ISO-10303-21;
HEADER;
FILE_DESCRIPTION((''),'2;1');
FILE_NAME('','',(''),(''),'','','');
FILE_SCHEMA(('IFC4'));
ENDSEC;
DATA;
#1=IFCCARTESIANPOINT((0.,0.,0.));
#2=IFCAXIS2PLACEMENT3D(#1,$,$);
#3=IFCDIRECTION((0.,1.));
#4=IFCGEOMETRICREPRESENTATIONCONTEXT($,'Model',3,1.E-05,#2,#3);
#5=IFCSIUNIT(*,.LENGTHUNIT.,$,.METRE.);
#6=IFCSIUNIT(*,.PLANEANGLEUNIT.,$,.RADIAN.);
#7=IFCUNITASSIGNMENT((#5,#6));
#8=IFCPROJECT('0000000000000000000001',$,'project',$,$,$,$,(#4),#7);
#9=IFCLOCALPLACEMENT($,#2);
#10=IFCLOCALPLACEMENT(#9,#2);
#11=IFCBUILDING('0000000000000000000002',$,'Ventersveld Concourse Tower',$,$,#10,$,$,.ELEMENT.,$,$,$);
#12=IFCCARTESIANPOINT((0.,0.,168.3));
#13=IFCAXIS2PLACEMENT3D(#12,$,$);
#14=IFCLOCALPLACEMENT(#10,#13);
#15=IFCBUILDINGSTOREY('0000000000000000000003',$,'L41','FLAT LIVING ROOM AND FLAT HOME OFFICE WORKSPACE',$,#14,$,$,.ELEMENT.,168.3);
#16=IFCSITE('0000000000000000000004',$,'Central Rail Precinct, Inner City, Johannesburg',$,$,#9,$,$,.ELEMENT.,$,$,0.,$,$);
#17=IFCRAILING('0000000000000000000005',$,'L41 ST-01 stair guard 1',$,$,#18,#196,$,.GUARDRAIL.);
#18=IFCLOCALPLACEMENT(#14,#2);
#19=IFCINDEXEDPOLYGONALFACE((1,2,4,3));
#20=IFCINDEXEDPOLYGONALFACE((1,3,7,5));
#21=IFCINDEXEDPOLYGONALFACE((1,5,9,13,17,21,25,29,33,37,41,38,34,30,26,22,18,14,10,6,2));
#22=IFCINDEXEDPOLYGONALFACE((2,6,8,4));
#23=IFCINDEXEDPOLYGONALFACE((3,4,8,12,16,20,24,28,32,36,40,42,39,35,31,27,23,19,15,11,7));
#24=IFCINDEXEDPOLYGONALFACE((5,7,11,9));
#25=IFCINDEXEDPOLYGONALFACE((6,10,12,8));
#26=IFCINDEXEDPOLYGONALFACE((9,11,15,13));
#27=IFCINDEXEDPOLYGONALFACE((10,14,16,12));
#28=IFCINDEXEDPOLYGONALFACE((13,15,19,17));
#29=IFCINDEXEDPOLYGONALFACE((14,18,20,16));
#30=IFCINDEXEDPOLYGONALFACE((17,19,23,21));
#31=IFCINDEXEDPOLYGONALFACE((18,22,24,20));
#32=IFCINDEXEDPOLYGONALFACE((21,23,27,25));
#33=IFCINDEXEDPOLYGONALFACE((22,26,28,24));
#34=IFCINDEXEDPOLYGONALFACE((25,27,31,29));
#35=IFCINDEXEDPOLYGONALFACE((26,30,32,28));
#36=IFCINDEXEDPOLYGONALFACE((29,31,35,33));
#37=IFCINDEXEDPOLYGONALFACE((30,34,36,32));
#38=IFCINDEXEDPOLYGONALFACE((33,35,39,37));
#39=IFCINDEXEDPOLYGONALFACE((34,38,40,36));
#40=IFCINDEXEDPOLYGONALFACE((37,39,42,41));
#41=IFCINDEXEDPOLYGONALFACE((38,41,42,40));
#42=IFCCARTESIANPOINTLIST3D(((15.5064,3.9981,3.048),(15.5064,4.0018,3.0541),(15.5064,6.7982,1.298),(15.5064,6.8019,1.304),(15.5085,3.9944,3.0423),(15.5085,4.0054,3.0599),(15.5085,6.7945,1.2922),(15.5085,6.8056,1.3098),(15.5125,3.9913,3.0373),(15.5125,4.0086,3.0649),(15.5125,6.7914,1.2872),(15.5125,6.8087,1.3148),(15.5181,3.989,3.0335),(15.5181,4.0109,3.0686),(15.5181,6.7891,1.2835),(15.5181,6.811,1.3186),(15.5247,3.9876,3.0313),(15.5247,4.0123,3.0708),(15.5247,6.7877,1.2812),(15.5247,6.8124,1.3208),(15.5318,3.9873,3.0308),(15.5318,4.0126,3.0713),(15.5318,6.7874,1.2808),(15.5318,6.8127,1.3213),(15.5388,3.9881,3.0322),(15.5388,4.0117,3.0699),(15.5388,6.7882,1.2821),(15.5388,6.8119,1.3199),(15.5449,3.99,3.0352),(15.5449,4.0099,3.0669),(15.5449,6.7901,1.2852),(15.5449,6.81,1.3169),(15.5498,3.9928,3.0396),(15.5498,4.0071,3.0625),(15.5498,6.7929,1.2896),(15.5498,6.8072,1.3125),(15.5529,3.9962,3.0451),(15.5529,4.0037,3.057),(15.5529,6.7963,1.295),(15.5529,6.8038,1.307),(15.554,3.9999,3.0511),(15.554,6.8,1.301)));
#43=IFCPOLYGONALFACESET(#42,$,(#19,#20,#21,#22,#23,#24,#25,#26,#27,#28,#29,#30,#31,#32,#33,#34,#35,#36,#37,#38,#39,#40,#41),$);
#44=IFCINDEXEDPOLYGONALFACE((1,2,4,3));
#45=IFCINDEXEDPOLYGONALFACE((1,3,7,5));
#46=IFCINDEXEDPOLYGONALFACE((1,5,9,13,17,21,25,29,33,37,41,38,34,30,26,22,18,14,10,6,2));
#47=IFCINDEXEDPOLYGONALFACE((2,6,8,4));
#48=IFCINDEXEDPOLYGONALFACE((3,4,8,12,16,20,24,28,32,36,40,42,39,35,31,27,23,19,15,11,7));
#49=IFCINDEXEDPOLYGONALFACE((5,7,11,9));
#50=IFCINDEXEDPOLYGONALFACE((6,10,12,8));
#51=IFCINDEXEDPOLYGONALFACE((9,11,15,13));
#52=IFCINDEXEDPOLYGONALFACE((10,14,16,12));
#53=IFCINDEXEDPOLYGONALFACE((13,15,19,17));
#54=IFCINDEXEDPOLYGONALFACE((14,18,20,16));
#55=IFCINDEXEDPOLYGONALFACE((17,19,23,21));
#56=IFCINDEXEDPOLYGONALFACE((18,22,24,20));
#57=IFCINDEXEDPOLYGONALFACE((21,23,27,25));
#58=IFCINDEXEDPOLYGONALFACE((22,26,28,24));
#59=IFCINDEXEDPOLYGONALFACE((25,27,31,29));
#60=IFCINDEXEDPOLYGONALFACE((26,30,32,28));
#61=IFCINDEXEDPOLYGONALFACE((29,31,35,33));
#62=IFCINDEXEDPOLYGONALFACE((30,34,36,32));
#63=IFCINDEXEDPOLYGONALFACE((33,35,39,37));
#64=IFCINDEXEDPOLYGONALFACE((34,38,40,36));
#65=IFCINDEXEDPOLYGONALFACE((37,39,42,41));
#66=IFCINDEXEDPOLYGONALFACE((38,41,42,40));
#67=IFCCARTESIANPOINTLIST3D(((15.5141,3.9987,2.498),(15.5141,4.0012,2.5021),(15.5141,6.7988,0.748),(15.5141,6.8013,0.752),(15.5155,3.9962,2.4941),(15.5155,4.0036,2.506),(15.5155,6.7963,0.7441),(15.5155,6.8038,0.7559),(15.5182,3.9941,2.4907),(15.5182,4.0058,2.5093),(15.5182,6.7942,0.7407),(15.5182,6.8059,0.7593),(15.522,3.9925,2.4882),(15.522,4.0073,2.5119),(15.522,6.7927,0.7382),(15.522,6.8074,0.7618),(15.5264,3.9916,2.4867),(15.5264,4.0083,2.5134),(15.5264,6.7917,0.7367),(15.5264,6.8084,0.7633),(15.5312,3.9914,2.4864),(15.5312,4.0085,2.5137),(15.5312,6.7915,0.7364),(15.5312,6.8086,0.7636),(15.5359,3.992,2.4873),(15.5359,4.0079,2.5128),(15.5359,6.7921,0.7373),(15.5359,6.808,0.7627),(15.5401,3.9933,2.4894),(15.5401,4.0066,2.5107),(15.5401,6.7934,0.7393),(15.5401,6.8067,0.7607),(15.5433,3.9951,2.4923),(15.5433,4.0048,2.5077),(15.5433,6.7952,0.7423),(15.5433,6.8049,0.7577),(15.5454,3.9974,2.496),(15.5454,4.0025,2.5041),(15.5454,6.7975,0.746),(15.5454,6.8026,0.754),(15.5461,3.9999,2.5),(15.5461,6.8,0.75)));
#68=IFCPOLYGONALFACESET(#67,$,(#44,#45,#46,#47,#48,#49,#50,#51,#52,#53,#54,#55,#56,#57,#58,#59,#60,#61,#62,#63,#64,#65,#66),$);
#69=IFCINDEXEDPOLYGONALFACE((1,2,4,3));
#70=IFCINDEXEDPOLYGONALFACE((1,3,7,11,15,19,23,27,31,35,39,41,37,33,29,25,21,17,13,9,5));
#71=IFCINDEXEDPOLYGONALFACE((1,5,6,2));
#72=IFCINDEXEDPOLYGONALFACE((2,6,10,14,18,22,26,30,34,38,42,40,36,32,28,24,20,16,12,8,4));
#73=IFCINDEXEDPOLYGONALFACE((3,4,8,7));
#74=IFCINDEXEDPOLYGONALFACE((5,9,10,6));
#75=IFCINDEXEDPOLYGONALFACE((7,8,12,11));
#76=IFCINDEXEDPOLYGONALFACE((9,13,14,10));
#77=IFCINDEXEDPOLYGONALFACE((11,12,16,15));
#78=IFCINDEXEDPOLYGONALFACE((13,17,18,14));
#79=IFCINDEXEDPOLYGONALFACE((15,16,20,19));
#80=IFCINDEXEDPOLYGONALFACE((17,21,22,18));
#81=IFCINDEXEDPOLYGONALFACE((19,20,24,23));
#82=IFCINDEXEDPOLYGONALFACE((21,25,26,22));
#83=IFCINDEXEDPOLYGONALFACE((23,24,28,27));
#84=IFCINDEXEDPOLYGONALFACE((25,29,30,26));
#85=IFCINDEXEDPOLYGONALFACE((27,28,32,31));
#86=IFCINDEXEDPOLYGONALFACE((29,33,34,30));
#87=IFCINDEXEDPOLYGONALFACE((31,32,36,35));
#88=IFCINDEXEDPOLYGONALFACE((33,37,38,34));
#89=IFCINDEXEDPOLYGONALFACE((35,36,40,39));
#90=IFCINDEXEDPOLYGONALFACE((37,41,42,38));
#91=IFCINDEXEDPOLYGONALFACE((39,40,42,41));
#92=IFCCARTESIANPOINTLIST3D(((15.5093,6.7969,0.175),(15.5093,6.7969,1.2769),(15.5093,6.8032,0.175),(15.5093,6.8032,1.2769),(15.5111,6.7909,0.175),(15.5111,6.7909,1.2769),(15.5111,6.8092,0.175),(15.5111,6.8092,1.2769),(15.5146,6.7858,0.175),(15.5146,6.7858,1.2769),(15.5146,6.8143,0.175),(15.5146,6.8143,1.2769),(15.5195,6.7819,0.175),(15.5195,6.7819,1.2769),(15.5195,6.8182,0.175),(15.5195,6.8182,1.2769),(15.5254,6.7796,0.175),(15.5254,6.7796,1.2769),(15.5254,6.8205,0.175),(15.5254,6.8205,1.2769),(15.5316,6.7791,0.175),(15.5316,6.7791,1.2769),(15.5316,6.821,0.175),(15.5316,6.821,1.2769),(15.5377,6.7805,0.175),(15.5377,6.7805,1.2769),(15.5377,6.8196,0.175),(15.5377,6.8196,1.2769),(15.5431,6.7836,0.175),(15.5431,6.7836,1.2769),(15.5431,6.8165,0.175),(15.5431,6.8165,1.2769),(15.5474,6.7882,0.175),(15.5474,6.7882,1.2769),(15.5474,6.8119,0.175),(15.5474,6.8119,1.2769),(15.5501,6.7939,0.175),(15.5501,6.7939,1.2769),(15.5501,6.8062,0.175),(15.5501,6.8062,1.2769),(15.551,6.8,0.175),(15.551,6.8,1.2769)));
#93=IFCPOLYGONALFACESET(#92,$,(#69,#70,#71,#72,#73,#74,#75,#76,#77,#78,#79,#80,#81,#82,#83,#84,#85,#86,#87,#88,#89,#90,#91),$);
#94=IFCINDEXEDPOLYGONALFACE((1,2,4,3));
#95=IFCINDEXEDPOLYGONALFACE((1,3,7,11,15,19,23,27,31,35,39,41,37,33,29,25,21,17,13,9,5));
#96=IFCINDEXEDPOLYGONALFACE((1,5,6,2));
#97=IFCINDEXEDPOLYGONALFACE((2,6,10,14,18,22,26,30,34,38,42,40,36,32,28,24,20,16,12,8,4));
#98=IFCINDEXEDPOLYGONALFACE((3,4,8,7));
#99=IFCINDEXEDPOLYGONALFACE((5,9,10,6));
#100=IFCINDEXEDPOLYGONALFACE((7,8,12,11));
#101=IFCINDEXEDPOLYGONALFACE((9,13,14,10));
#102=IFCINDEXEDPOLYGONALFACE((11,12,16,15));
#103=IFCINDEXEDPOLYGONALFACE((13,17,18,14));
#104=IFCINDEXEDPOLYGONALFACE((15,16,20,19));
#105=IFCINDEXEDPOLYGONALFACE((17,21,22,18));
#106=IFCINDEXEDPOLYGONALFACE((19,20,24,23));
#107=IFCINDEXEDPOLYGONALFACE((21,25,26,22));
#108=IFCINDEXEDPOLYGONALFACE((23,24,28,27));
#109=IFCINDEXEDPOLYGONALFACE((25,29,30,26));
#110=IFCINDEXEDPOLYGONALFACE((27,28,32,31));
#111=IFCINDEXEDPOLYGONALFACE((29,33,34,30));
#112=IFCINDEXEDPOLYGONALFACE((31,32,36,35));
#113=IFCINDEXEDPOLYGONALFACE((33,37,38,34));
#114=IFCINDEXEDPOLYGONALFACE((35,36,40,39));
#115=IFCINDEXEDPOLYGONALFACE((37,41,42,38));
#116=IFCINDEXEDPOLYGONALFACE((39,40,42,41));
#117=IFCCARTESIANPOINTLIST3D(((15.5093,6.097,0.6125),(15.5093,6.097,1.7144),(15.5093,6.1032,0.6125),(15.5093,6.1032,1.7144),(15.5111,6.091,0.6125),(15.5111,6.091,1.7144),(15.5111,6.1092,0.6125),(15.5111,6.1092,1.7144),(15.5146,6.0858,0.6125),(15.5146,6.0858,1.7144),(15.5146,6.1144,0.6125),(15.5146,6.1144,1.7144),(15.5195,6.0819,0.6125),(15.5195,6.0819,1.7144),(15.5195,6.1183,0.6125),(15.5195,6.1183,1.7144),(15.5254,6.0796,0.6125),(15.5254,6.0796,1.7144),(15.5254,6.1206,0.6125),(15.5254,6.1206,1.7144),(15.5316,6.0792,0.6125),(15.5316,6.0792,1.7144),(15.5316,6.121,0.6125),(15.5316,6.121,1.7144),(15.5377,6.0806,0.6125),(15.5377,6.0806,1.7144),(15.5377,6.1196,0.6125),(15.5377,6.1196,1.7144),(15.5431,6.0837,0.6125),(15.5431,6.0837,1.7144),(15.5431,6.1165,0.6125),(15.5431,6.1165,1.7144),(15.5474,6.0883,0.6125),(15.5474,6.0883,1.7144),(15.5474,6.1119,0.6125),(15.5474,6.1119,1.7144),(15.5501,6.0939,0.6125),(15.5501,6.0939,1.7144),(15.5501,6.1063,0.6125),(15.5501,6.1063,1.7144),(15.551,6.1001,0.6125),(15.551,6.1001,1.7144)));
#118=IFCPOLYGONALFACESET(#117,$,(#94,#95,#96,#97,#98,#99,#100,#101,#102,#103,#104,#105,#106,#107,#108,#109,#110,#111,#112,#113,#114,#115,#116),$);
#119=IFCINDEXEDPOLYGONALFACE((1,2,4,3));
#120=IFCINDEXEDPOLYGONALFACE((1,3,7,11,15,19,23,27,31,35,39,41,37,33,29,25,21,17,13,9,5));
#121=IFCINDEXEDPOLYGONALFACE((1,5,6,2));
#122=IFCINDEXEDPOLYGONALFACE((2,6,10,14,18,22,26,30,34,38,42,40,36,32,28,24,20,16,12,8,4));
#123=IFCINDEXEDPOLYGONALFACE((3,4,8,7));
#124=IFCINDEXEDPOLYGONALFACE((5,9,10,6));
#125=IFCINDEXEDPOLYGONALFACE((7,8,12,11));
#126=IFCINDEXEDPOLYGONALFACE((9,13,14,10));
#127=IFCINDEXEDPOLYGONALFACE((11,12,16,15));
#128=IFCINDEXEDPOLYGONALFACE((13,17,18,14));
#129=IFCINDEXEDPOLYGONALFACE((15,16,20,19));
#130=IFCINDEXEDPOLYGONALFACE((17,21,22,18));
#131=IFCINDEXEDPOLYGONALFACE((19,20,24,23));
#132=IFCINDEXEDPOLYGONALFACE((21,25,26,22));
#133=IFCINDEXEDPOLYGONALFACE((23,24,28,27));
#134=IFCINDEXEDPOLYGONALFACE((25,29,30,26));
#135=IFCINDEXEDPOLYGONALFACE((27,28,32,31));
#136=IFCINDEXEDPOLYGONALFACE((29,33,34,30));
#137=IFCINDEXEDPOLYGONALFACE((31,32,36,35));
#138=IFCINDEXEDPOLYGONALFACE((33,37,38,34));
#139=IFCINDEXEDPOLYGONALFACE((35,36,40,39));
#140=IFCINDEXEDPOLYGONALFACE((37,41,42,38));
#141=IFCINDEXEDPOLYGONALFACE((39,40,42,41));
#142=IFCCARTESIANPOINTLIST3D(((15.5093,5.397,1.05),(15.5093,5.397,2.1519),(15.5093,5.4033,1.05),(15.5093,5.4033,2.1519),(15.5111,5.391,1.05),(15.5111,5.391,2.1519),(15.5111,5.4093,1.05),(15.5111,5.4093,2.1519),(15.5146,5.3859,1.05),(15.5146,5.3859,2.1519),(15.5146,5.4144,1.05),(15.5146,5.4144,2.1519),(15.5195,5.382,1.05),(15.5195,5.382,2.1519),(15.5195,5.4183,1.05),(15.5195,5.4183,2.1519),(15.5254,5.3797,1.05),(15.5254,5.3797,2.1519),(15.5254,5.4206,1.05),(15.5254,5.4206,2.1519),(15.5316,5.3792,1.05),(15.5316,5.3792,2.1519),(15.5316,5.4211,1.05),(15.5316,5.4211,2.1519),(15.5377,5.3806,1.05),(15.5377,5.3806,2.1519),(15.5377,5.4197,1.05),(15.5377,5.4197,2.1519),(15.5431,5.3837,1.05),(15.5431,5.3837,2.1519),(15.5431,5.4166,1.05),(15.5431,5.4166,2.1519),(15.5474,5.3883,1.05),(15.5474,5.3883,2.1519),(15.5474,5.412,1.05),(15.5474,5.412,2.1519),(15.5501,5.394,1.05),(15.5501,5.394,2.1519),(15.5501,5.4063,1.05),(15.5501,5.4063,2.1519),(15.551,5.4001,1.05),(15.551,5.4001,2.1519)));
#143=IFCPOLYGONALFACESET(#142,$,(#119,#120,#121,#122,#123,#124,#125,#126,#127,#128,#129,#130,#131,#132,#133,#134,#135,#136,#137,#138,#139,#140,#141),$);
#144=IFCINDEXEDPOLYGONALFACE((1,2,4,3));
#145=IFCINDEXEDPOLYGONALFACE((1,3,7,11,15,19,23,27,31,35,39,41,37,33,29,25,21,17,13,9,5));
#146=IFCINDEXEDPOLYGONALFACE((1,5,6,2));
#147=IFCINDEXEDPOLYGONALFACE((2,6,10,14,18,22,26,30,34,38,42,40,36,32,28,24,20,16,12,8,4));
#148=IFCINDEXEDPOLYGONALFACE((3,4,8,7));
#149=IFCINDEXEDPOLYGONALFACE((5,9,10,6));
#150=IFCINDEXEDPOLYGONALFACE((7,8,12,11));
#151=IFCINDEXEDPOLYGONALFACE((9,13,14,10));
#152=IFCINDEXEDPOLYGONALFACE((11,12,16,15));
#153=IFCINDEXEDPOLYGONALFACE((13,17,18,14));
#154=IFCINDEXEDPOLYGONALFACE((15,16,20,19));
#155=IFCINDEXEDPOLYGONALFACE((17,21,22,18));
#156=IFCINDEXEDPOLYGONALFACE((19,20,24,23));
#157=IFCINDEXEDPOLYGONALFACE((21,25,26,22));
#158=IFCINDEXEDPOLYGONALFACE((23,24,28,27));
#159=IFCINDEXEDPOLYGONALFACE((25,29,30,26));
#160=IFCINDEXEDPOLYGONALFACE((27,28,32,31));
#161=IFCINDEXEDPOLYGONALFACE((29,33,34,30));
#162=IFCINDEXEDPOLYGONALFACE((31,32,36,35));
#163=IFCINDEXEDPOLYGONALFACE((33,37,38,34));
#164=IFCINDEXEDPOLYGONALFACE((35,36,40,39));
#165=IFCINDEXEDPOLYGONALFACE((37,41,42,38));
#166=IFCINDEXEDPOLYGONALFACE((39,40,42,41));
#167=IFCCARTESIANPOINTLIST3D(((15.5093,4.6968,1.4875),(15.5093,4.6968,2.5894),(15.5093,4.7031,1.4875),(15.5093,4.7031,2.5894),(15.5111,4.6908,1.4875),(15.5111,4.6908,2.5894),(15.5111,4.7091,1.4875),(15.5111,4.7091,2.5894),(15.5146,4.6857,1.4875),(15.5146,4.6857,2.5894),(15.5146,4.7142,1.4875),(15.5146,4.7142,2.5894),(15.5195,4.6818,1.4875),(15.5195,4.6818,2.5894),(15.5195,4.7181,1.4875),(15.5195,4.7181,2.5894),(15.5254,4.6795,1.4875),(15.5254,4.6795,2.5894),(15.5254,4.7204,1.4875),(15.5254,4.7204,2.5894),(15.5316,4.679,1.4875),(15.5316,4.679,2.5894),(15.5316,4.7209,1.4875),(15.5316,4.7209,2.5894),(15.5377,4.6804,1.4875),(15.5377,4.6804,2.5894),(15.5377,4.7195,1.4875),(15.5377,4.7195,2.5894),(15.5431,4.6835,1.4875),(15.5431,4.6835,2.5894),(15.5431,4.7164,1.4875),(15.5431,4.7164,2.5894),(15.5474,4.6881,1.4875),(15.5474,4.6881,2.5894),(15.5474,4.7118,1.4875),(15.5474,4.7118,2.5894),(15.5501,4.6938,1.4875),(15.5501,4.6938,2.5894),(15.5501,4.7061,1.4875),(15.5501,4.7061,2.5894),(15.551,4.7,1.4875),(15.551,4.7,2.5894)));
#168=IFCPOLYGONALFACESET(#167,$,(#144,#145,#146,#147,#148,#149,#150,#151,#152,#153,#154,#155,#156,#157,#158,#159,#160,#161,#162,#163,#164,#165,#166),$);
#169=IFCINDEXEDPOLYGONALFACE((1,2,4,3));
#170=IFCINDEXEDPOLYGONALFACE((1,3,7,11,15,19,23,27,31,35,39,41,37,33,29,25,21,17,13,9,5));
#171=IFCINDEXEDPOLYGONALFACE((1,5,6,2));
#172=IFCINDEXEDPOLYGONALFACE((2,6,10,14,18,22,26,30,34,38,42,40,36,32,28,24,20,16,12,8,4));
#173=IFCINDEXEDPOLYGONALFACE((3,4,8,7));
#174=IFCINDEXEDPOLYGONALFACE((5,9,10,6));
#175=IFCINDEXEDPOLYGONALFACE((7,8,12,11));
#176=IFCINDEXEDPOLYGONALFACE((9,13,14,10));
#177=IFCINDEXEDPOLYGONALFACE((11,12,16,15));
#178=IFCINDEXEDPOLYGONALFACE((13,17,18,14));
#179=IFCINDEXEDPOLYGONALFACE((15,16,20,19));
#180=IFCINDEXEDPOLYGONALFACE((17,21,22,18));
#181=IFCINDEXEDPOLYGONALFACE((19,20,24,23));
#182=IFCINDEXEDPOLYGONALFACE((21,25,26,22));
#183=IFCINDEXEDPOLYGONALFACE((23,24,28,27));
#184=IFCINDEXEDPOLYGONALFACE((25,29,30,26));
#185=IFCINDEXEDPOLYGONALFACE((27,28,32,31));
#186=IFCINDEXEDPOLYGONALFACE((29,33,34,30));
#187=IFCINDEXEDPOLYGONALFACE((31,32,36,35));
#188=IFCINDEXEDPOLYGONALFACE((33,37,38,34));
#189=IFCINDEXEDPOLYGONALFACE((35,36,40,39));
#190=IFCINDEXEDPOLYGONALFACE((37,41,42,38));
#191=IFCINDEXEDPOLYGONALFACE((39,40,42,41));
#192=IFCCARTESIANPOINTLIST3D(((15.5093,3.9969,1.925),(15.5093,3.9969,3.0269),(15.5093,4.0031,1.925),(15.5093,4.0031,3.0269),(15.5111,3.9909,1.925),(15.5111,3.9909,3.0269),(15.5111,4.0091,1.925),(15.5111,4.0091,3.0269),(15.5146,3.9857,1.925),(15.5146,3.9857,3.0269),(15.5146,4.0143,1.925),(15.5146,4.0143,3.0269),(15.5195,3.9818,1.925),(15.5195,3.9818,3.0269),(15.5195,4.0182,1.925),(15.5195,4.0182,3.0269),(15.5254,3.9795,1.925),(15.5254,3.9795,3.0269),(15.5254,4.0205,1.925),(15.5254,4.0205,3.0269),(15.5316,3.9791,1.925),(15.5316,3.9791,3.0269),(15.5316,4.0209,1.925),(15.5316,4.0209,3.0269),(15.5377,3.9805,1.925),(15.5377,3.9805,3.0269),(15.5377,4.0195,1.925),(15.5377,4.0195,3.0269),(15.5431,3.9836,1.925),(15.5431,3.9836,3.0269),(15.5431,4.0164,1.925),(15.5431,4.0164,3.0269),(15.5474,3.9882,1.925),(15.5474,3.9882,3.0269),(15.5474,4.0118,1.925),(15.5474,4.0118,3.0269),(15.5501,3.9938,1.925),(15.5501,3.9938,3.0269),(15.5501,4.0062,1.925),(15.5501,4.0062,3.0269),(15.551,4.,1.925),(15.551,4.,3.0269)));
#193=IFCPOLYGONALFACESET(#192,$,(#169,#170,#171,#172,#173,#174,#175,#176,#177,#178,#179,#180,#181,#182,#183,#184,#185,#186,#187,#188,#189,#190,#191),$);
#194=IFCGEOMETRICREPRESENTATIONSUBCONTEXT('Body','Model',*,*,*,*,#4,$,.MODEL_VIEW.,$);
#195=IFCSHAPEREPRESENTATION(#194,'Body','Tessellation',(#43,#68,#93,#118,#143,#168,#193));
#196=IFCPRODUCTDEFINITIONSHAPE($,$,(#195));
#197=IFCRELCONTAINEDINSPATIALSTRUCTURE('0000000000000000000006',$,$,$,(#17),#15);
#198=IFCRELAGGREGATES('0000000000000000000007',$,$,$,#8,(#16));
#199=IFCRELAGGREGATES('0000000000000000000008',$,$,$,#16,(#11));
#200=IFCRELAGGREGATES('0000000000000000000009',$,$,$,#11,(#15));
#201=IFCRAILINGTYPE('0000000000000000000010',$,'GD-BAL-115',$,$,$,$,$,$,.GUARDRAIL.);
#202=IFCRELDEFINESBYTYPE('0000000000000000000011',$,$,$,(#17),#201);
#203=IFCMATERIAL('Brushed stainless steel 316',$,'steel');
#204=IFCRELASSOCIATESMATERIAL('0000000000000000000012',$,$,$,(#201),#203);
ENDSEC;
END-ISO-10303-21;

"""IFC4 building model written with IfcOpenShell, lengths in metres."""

from ifc_helpers import new_model, si_unit, direction, frame, origin, origin_2d, place, context, subcontext, project, spatial, circle, extrude, material, type_object, element, save


model = new_model("IFC4")

# Units and contexts
model_context = context("Model", 3, precision=1e-05, world=origin(), true_north=direction((0.0, 1.0)))
body_context = subcontext(model_context, "Body", "Model", "MODEL_VIEW")
ifc_project = project(units=[si_unit("LENGTHUNIT", "METRE"), si_unit("PLANEANGLEUNIT", "RADIAN")], contexts=[model_context])

# Site, building, storey
site_placement = place(None, origin())
site = spatial("IfcSite", under=ifc_project, at=site_placement, Name="Central Rail Precinct, Inner City, Johannesburg", CompositionType="ELEMENT", RefElevation=0.0)
building_placement = place(site_placement, origin())
building = spatial("IfcBuilding", under=site, at=building_placement, Name="Ventersveld Concourse Tower", CompositionType="ELEMENT")
storey_placement = place(building_placement, frame((0.0, 0.0, 168.3)))
storey = spatial("IfcBuildingStorey", under=building, at=storey_placement, Name="L41", Description="FLAT LIVING ROOM AND FLAT HOME OFFICE WORKSPACE", CompositionType="ELEMENT", Elevation=168.3)

# Shared definitions
ifc_material_1 = material(Name="Brushed stainless steel 316", Category="steel")

# Railing
railing_type = type_object("IfcRailingType", Name="GD-BAL-115", PredefinedType="GUARDRAIL", material=ifc_material_1)
railing_1_placement = place(storey_placement, frame((15.53, 6.8, 0.175)))
element("IfcRailing", 1, at=railing_1_placement, inside=storey, type_object=railing_type, Name="L41 ST-01 stair guard 1", PredefinedType="GUARDRAIL", context=body_context, shape_type="SweptSolid", body=[
    extrude(circle(Radius=0.0239, at=origin_2d()), frame((0.0, 0.0, 1.126), z_axis=(0.0, -0.848002, 0.529992), x_axis=(1.0, 0.0, 0.0)), (0.0, 0.0, 1.0), 3.302),
    extrude(circle(Radius=0.0161, at=origin_2d()), frame((0.0, 0.0, 0.575), z_axis=(0.0, -0.848002, 0.529992), x_axis=(1.0, 0.0, 0.0)), (0.0, 0.0, 1.0), 3.302),
    extrude(circle(Radius=0.021, at=origin_2d()), origin(), (0.0, 0.0, 1.0), 1.1018),
    extrude(circle(Radius=0.021, at=origin_2d()), frame((0.0, -0.7, 0.4375)), (0.0, 0.0, 1.0), 1.1018),
    extrude(circle(Radius=0.021, at=origin_2d()), frame((0.0, -1.3999, 0.875)), (0.0, 0.0, 1.0), 1.1018),
    extrude(circle(Radius=0.021, at=origin_2d()), frame((0.0, -2.1001, 1.3125)), (0.0, 0.0, 1.0), 1.1018),
    extrude(circle(Radius=0.021, at=origin_2d()), frame((0.0, -2.8, 1.75)), (0.0, 0.0, 1.0), 1.1018),
])

save(model, "model.ifc")
